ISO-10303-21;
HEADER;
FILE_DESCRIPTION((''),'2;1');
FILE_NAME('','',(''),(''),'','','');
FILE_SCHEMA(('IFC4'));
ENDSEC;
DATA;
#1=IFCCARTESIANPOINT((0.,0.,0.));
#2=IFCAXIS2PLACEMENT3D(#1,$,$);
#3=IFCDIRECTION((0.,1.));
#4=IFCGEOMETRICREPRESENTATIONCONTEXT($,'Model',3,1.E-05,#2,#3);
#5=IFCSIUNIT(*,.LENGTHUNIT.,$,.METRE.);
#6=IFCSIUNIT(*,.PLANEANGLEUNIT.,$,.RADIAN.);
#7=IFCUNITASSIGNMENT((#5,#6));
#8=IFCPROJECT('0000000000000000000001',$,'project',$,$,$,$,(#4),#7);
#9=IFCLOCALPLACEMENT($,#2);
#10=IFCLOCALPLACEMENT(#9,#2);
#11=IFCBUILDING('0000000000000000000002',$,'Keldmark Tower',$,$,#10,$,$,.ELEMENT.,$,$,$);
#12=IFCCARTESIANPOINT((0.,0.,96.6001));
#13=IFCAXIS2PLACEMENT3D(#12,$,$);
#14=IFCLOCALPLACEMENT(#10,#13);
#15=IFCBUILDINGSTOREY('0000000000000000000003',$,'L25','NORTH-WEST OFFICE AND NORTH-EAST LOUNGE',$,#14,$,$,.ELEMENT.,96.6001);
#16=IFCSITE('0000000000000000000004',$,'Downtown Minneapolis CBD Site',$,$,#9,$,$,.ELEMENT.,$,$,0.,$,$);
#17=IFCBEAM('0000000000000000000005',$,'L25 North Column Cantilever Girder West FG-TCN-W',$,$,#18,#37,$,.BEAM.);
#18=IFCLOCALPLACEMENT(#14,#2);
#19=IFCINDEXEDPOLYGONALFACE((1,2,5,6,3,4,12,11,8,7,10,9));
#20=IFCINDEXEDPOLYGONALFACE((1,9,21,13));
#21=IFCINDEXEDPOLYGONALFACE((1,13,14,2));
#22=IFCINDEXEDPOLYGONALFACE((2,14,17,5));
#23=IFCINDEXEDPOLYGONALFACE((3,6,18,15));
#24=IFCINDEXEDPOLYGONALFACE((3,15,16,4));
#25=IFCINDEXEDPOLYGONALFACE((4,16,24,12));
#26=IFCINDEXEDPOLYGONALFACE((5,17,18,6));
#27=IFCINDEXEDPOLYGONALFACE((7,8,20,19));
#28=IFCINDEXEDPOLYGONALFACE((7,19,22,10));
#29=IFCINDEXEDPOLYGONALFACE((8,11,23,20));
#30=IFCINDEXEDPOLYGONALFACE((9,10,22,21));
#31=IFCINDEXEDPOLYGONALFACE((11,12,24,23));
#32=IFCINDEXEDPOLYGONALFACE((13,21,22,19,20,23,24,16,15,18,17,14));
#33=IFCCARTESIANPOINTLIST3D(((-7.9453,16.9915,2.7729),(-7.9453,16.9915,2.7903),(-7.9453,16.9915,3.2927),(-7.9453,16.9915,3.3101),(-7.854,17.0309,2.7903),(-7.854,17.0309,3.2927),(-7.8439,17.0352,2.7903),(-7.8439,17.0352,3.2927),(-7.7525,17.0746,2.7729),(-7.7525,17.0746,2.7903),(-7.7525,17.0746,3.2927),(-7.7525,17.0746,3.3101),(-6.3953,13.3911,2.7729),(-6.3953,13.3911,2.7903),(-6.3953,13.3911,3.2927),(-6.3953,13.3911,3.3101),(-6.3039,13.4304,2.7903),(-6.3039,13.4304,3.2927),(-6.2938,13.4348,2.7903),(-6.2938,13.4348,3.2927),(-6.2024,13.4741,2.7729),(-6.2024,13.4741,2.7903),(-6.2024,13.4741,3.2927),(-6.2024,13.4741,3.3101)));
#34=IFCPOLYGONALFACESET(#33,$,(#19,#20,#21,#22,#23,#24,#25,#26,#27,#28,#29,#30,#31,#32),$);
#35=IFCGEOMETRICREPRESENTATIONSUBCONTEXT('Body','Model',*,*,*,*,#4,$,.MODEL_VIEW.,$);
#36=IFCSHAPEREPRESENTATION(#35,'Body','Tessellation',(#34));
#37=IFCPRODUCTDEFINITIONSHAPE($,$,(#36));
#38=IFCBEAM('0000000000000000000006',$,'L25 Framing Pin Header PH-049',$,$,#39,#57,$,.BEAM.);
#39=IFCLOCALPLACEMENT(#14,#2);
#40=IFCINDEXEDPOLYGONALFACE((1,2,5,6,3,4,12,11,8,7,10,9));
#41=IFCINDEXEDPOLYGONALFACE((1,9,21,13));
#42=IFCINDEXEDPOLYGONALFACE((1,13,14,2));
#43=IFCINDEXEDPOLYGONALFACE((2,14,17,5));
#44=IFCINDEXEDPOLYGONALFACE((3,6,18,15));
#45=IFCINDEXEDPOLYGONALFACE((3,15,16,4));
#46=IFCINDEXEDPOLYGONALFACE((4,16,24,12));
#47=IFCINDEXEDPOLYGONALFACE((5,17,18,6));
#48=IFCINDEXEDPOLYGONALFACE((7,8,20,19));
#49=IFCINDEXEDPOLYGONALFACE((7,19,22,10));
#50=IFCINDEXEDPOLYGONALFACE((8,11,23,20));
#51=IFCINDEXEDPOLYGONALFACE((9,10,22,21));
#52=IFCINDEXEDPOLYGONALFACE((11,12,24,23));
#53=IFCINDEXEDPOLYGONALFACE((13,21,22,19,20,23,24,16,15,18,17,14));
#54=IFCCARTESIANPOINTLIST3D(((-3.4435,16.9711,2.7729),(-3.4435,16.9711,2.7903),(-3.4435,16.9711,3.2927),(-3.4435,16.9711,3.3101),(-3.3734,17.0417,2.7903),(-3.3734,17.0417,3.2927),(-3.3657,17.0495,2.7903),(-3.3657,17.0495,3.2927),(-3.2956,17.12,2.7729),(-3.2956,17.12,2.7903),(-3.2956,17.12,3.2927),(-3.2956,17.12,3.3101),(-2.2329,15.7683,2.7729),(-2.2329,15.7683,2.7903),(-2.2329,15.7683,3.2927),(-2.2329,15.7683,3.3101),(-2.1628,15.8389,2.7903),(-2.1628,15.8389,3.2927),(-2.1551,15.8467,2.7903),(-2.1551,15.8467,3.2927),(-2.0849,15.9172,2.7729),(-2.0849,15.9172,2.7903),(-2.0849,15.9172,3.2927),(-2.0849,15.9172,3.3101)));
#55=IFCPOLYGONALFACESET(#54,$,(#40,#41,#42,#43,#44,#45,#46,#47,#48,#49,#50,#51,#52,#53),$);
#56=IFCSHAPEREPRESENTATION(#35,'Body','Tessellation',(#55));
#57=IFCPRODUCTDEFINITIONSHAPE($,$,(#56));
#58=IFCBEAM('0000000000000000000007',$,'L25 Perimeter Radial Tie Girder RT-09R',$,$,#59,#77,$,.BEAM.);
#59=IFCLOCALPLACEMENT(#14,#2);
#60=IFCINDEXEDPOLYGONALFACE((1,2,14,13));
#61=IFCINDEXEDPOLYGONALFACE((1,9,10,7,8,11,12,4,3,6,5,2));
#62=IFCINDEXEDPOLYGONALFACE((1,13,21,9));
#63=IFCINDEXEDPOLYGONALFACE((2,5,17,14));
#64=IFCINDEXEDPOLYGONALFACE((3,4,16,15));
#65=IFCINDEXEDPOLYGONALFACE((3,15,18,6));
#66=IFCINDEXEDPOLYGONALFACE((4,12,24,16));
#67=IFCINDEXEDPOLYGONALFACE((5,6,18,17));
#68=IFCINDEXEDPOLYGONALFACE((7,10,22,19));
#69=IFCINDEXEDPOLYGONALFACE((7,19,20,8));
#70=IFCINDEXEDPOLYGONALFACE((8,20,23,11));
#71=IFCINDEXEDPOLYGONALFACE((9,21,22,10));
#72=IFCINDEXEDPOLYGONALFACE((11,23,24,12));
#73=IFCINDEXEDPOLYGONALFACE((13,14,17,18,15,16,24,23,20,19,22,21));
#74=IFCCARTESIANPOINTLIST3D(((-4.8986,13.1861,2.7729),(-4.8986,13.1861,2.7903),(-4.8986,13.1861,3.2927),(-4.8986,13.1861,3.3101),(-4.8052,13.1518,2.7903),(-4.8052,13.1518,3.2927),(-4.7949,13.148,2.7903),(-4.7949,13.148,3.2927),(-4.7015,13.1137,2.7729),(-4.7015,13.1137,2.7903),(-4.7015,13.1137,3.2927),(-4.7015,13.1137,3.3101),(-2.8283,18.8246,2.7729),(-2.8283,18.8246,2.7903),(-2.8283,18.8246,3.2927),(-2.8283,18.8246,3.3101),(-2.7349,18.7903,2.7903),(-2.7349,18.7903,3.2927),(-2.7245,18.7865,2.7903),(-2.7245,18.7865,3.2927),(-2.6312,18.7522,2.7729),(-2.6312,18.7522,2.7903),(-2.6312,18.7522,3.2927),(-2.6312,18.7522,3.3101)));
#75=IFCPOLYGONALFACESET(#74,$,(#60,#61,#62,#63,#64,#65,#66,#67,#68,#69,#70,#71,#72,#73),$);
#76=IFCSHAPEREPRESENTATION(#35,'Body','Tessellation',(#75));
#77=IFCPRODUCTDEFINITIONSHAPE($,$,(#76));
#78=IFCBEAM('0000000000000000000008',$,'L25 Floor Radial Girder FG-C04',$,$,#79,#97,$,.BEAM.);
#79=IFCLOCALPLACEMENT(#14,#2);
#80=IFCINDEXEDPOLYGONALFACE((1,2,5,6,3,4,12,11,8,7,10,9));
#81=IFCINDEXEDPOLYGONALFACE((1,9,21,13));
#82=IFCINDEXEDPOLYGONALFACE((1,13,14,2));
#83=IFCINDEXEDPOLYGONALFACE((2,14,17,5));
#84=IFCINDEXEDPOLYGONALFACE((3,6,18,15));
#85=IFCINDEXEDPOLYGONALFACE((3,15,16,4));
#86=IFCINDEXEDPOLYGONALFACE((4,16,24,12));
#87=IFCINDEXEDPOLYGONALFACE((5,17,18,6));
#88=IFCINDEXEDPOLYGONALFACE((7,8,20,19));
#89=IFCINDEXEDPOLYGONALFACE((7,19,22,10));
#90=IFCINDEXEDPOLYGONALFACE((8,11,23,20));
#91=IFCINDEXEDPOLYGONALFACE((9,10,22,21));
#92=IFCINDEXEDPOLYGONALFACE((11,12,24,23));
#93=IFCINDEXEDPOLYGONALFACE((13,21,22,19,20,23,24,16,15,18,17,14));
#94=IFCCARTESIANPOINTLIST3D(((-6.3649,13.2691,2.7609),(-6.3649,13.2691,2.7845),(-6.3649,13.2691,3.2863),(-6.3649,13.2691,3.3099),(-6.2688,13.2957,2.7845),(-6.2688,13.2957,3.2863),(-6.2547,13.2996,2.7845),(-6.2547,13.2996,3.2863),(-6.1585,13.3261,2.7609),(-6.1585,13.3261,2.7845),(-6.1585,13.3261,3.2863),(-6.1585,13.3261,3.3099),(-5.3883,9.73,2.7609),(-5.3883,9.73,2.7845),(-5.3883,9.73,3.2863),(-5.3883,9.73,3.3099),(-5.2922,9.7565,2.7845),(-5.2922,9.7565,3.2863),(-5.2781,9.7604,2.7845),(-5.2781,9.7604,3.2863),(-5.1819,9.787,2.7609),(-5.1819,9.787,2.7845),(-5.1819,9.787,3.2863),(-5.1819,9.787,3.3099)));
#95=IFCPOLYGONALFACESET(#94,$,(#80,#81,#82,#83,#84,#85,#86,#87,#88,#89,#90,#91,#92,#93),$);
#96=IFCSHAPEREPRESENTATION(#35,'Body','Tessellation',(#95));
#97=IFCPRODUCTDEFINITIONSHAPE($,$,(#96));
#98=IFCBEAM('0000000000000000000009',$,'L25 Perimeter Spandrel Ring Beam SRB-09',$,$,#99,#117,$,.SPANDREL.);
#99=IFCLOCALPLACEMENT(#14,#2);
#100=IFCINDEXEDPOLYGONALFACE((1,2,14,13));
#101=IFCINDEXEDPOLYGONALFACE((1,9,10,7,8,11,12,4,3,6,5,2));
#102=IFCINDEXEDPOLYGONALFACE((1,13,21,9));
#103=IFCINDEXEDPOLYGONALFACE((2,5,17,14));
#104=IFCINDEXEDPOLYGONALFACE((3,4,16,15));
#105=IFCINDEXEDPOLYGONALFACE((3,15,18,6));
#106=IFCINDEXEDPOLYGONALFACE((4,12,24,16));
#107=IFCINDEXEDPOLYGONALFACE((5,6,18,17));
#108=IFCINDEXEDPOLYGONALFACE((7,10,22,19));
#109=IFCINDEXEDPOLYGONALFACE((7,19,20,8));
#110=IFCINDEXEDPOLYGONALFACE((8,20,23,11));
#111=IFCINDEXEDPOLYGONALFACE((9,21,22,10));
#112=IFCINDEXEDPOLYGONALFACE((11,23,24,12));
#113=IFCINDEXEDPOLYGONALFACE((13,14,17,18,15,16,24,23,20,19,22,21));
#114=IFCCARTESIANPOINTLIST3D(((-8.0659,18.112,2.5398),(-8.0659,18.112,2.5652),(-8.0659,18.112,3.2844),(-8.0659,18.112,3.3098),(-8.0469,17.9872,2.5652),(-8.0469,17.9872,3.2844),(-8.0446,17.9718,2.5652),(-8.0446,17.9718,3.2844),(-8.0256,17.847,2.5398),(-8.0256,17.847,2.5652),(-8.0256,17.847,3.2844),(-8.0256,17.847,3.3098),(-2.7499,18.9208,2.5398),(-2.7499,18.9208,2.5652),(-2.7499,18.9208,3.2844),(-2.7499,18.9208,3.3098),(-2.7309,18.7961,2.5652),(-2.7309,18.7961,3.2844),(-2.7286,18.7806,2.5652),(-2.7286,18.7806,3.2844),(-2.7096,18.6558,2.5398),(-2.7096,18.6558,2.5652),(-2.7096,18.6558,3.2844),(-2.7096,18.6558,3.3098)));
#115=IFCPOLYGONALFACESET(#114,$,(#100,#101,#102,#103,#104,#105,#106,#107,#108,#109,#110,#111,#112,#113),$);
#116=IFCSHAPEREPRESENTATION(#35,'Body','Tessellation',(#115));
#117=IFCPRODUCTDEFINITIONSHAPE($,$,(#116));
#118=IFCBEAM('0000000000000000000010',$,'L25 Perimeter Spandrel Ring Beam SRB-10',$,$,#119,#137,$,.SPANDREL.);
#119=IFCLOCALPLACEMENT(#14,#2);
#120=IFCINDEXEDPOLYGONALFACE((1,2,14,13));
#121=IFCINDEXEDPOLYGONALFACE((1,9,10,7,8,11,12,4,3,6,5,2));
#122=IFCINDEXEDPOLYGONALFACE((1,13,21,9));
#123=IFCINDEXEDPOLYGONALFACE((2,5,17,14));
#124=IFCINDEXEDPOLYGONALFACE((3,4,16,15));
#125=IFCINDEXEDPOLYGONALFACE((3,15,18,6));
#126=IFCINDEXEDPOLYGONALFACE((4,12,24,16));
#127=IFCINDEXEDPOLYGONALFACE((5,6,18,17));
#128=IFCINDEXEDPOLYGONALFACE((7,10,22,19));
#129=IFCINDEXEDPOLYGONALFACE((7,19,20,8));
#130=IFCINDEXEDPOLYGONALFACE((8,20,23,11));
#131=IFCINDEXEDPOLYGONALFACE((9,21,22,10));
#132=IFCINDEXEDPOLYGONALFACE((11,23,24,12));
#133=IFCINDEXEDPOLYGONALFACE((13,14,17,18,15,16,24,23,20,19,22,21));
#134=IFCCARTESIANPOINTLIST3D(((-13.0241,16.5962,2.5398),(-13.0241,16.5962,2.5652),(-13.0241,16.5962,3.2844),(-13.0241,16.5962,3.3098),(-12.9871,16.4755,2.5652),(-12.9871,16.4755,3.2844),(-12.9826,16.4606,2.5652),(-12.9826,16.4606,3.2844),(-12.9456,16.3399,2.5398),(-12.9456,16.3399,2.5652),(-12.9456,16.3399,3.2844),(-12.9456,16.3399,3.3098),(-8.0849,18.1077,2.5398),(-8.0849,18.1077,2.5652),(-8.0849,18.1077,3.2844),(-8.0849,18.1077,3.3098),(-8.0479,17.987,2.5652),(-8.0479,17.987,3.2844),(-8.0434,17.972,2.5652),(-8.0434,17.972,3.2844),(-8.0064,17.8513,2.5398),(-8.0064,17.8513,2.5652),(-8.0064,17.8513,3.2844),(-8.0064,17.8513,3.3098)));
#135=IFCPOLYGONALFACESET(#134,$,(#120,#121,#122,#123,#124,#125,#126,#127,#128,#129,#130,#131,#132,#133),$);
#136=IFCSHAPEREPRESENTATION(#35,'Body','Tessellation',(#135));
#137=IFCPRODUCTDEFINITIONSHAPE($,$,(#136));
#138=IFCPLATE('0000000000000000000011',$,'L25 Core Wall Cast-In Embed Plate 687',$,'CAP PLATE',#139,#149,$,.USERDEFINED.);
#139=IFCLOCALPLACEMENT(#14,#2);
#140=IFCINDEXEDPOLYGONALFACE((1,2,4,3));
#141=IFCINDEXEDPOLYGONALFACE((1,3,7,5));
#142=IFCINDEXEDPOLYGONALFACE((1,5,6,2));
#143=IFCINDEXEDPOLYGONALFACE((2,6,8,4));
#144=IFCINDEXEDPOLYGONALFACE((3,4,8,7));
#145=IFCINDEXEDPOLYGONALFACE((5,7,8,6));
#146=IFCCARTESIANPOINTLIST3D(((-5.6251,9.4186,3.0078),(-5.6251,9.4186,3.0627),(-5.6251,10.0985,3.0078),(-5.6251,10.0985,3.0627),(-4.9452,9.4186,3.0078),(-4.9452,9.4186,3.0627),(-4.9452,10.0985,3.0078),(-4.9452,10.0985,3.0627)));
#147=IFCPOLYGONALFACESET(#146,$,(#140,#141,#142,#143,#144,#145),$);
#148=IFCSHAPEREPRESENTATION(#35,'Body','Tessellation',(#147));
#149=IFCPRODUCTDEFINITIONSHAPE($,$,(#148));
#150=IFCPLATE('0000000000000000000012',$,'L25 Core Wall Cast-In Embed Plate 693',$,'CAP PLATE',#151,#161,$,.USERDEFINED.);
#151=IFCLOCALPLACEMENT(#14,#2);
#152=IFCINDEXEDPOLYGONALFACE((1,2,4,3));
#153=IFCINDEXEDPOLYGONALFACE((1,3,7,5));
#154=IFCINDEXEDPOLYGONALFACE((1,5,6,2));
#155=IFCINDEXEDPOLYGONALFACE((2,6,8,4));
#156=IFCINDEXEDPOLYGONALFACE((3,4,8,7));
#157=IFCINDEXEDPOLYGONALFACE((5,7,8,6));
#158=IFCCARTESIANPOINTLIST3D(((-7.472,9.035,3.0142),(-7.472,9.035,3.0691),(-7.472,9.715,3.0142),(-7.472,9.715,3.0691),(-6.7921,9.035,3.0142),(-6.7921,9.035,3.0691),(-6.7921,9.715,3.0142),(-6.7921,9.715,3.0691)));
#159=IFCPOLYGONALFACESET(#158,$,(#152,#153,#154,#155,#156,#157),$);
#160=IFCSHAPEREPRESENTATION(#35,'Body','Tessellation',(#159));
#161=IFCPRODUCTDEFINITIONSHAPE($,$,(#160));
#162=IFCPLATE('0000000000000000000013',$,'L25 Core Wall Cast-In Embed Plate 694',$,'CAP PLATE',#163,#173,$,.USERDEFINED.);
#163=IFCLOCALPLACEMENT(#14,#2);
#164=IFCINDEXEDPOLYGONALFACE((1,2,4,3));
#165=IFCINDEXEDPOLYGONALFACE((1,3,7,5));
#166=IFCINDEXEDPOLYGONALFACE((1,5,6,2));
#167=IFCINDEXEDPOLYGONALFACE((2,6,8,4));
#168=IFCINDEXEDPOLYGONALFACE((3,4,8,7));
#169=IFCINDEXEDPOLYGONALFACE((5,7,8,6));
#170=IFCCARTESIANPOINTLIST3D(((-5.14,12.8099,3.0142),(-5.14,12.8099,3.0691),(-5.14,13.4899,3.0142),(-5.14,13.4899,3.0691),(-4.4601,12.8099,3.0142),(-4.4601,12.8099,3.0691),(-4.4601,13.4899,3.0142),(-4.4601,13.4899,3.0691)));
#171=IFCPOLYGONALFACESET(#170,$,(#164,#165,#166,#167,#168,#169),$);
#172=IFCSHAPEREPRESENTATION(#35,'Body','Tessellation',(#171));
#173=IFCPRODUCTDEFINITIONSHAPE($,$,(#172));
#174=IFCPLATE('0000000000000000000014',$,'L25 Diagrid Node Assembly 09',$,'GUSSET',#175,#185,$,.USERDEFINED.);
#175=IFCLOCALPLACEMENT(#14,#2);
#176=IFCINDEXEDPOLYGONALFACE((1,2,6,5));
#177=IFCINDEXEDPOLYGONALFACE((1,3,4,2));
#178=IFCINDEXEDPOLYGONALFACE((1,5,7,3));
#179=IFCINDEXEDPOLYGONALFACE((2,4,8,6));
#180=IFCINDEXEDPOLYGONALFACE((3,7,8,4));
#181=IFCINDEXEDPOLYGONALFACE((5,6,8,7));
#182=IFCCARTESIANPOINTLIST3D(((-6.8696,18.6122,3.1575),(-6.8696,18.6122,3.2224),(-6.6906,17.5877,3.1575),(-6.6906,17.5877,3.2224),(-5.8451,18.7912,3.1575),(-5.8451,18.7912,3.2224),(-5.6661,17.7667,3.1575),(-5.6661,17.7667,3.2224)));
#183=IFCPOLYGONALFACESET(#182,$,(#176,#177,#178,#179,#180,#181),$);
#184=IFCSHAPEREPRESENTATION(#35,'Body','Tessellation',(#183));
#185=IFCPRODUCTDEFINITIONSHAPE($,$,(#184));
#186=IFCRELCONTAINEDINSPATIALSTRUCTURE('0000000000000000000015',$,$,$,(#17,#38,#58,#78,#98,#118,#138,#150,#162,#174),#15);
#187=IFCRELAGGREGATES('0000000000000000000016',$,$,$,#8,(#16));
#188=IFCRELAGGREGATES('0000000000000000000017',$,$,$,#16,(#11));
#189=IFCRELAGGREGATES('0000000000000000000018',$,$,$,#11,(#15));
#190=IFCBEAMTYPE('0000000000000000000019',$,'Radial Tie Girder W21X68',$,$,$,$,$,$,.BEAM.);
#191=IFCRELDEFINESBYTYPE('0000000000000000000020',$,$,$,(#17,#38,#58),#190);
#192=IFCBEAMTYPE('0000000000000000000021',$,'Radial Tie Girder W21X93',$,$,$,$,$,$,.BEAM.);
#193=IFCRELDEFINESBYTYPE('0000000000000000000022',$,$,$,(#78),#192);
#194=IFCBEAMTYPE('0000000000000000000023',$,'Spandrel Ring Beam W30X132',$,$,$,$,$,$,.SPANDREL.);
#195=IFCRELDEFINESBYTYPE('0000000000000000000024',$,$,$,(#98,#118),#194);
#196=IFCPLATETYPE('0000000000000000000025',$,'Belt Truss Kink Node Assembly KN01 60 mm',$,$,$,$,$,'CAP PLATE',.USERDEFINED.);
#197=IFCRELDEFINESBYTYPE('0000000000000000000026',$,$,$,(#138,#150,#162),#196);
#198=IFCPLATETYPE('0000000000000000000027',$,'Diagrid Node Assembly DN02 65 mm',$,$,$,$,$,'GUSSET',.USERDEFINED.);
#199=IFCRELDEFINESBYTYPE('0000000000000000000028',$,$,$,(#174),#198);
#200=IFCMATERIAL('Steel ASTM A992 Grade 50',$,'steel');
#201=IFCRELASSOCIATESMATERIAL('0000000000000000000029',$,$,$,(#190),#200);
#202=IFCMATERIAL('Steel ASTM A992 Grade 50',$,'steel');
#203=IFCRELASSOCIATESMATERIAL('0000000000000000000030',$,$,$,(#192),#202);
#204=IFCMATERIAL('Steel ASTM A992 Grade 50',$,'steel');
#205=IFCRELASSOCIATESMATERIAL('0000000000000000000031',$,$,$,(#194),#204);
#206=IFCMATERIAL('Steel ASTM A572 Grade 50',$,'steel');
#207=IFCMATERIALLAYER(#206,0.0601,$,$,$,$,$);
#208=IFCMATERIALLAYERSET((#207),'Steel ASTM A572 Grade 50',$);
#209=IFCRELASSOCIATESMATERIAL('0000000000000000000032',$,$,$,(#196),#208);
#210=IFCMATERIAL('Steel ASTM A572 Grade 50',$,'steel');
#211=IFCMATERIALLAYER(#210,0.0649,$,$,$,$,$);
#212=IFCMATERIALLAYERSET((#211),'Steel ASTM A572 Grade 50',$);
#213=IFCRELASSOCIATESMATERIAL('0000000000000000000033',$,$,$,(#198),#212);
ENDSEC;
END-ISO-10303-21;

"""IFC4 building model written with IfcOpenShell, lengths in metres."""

from ifc_helpers import new_model, si_unit, direction, frame, origin, origin_2d, place, context, subcontext, project, spatial, rectangle, i_section, extrude, material, layer, layer_set, material_profile, profile_set, type_object, element, save


model = new_model("IFC4")

# Units and contexts
model_context = context("Model", 3, precision=1e-05, world=origin(), true_north=direction((0.0, 1.0)))
body_context = subcontext(model_context, "Body", "Model", "MODEL_VIEW")
ifc_project = project(units=[si_unit("LENGTHUNIT", "METRE"), si_unit("PLANEANGLEUNIT", "RADIAN")], contexts=[model_context])

# Site, building, storey
site_placement = place(None, origin())
site = spatial("IfcSite", under=ifc_project, at=site_placement, Name="Downtown Minneapolis CBD Site", CompositionType="ELEMENT", RefElevation=0.0)
building_placement = place(site_placement, origin())
building = spatial("IfcBuilding", under=site, at=building_placement, Name="Keldmark Tower", CompositionType="ELEMENT")
storey_placement = place(building_placement, frame((0.0, 0.0, 96.6001)))
storey = spatial("IfcBuildingStorey", under=building, at=storey_placement, Name="L25", Description="NORTH-WEST OFFICE AND NORTH-EAST LOUNGE", CompositionType="ELEMENT", Elevation=96.6001)

# Beams
ifc_material_1 = material(Name="Steel ASTM A992 Grade 50", Category="steel")
ifc_material_profile_1 = material_profile(ifc_material_1, i_section(OverallWidth=0.21, OverallDepth=0.5371, WebThickness=0.011, FlangeThickness=0.0173, at=origin_2d()), Name="W21X68")
ifc_profile_set_1 = profile_set([ifc_material_profile_1], Name="Steel ASTM A992 Grade 50")
beam_type_1 = type_object("IfcBeamType", Name="Radial Tie Girder W21X68", PredefinedType="BEAM", material=ifc_profile_set_1)
beam_1_placement = place(storey_placement, frame((-6.2988, 13.4326, 3.0415), z_axis=(-0.395437, 0.918493, 0.0), x_axis=(-0.918493, -0.395437, 0.0)))
element("IfcBeam", 1, at=beam_1_placement, inside=storey, type_object=beam_type_1, Name="L25 North Column Cantilever Girder West FG-TCN-W", PredefinedType="BEAM", context=body_context, shape_type="SweptSolid", body=[
    extrude(i_section(OverallWidth=0.21, OverallDepth=0.5371, WebThickness=0.011, FlangeThickness=0.0173, at=origin_2d()), origin(), (0.0, 0.0, 1.0), 3.9199),
])
beam_2_placement = place(storey_placement, frame((-2.1589, 15.8428, 3.0415), z_axis=(-0.709392, 0.704814, 0.0), x_axis=(-0.704814, -0.709392, 0.0)))
element("IfcBeam", 2, at=beam_2_placement, inside=storey, type_object=beam_type_1, Name="L25 Framing Pin Header PH-049", PredefinedType="BEAM", context=body_context, shape_type="SweptSolid", body=[
    extrude(i_section(OverallWidth=0.21, OverallDepth=0.5371, WebThickness=0.011, FlangeThickness=0.0173, at=origin_2d()), origin(), (0.0, 0.0, 1.0), 1.7065),
])
beam_3_placement = place(storey_placement, frame((-4.8, 13.1499, 3.0415), z_axis=(0.344679, 0.938721, 0.0), x_axis=(-0.938721, 0.344679, 0.0)))
element("IfcBeam", 3, at=beam_3_placement, inside=storey, type_object=beam_type_1, Name="L25 Perimeter Radial Tie Girder RT-09R", PredefinedType="BEAM", context=body_context, shape_type="SweptSolid", body=[
    extrude(i_section(OverallWidth=0.21, OverallDepth=0.5371, WebThickness=0.011, FlangeThickness=0.0173, at=origin_2d()), origin(), (0.0, 0.0, 1.0), 6.0066),
])
ifc_material_2 = material(Name="Steel ASTM A992 Grade 50", Category="steel")
ifc_material_profile_2 = material_profile(ifc_material_2, i_section(OverallWidth=0.2141, OverallDepth=0.5491, WebThickness=0.0146, FlangeThickness=0.0237, at=origin_2d()), Name="W21X93")
ifc_profile_set_2 = profile_set([ifc_material_profile_2], Name="Steel ASTM A992 Grade 50")
beam_type_2 = type_object("IfcBeamType", Name="Radial Tie Girder W21X93", PredefinedType="BEAM", material=ifc_profile_set_2)
beam_4_placement = place(storey_placement, frame((-6.2617, 13.2976, 3.0354), z_axis=(0.265997, -0.963974, 0.0), x_axis=(0.963974, 0.265997, 0.0)))
element("IfcBeam", 4, at=beam_4_placement, inside=storey, type_object=beam_type_2, Name="L25 Floor Radial Girder FG-C04", PredefinedType="BEAM", context=body_context, shape_type="SweptSolid", body=[
    extrude(i_section(OverallWidth=0.2141, OverallDepth=0.5491, WebThickness=0.0146, FlangeThickness=0.0237, at=origin_2d()), origin(), (0.0, 0.0, 1.0), 3.6714),
])
ifc_material_3 = material(Name="Steel ASTM A992 Grade 50", Category="steel")
ifc_material_profile_3 = material_profile(ifc_material_3, i_section(OverallWidth=0.2681, OverallDepth=0.77, WebThickness=0.0156, FlangeThickness=0.0254, at=origin_2d()), Name="W30X132")
ifc_profile_set_3 = profile_set([ifc_material_profile_3], Name="Steel ASTM A992 Grade 50")
beam_type_3 = type_object("IfcBeamType", Name="Spandrel Ring Beam W30X132", PredefinedType="SPANDREL", material=ifc_profile_set_3)
beam_5_placement = place(storey_placement, frame((-2.7297, 18.7883, 2.9248), z_axis=(-0.988622, -0.150423, 0.0), x_axis=(0.150423, -0.988622, 0.0)))
element("IfcBeam", 5, at=beam_5_placement, inside=storey, type_object=beam_type_3, Name="L25 Perimeter Spandrel Ring Beam SRB-09", PredefinedType="SPANDREL", context=body_context, shape_type="SweptSolid", body=[
    extrude(i_section(OverallWidth=0.2681, OverallDepth=0.77, WebThickness=0.0156, FlangeThickness=0.0254, at=origin_2d()), origin(), (0.0, 0.0, 1.0), 5.3772),
])
beam_6_placement = place(storey_placement, frame((-8.0457, 17.9795, 2.9248), z_axis=(-0.956229, -0.292621, 0.0), x_axis=(0.292621, -0.956229, 0.0)))
element("IfcBeam", 6, at=beam_6_placement, inside=storey, type_object=beam_type_3, Name="L25 Perimeter Spandrel Ring Beam SRB-10", PredefinedType="SPANDREL", context=body_context, shape_type="SweptSolid", body=[
    extrude(i_section(OverallWidth=0.2681, OverallDepth=0.77, WebThickness=0.0156, FlangeThickness=0.0254, at=origin_2d()), origin(), (0.0, 0.0, 1.0), 5.1653),
])

# Plates
ifc_material_4 = material(Name="Steel ASTM A572 Grade 50", Category="steel")
ifc_layer_1 = layer(ifc_material_4, 0.0601)
ifc_layer_set_1 = layer_set([ifc_layer_1], Name="Steel ASTM A572 Grade 50")
plate_type_1 = type_object("IfcPlateType", Name="Belt Truss Kink Node Assembly KN01 60 mm", ElementType="CAP PLATE", PredefinedType="USERDEFINED", material=ifc_layer_set_1)
for number, where, z_axis, x_axis, name in (
    (7, (-5.2852, 9.7585, 3.0078), (0.0, 0.0, 1.0), (1.0, 0.0, 0.0), "L25 Core Wall Cast-In Embed Plate 687"),
    (8, (-7.1321, 9.375, 3.0142), (0.0, 0.0, 1.0), (1.0, 0.0, 0.0), "L25 Core Wall Cast-In Embed Plate 693"),
    (9, (-4.8, 13.1499, 3.0142), (0.0, 0.0, 1.0), (1.0, 0.0, 0.0), "L25 Core Wall Cast-In Embed Plate 694"),
):
    element("IfcPlate", number, at=place(storey_placement, frame(where, z_axis=z_axis, x_axis=x_axis)), inside=storey, type_object=plate_type_1, Name=name, ObjectType="CAP PLATE", PredefinedType="USERDEFINED", context=body_context, shape_type="SweptSolid", body=[
        extrude(rectangle(XDim=0.6799, YDim=0.6799, at=origin_2d()), origin(), (0.0, 0.0, 1.0), 0.0549),
    ])
ifc_material_5 = material(Name="Steel ASTM A572 Grade 50", Category="steel")
ifc_layer_2 = layer(ifc_material_5, 0.0649)
ifc_layer_set_2 = layer_set([ifc_layer_2], Name="Steel ASTM A572 Grade 50")
plate_type_2 = type_object("IfcPlateType", Name="Diagrid Node Assembly DN02 65 mm", ElementType="GUSSET", PredefinedType="USERDEFINED", material=ifc_layer_set_2)
for number, where, z_axis, x_axis, name in (
    (10, (-6.2678, 18.1895, 3.1575), (0.0, 0.0, 1.0), (-0.985079, -0.172101, 0.0), "L25 Diagrid Node Assembly 09"),
):
    element("IfcPlate", number, at=place(storey_placement, frame(where, z_axis=z_axis, x_axis=x_axis)), inside=storey, type_object=plate_type_2, Name=name, ObjectType="GUSSET", PredefinedType="USERDEFINED", context=body_context, shape_type="SweptSolid", body=[
        extrude(rectangle(XDim=1.04, YDim=1.04, at=origin_2d()), origin(), (0.0, 0.0, 1.0), 0.0649),
    ])

save(model, "model.ifc")
